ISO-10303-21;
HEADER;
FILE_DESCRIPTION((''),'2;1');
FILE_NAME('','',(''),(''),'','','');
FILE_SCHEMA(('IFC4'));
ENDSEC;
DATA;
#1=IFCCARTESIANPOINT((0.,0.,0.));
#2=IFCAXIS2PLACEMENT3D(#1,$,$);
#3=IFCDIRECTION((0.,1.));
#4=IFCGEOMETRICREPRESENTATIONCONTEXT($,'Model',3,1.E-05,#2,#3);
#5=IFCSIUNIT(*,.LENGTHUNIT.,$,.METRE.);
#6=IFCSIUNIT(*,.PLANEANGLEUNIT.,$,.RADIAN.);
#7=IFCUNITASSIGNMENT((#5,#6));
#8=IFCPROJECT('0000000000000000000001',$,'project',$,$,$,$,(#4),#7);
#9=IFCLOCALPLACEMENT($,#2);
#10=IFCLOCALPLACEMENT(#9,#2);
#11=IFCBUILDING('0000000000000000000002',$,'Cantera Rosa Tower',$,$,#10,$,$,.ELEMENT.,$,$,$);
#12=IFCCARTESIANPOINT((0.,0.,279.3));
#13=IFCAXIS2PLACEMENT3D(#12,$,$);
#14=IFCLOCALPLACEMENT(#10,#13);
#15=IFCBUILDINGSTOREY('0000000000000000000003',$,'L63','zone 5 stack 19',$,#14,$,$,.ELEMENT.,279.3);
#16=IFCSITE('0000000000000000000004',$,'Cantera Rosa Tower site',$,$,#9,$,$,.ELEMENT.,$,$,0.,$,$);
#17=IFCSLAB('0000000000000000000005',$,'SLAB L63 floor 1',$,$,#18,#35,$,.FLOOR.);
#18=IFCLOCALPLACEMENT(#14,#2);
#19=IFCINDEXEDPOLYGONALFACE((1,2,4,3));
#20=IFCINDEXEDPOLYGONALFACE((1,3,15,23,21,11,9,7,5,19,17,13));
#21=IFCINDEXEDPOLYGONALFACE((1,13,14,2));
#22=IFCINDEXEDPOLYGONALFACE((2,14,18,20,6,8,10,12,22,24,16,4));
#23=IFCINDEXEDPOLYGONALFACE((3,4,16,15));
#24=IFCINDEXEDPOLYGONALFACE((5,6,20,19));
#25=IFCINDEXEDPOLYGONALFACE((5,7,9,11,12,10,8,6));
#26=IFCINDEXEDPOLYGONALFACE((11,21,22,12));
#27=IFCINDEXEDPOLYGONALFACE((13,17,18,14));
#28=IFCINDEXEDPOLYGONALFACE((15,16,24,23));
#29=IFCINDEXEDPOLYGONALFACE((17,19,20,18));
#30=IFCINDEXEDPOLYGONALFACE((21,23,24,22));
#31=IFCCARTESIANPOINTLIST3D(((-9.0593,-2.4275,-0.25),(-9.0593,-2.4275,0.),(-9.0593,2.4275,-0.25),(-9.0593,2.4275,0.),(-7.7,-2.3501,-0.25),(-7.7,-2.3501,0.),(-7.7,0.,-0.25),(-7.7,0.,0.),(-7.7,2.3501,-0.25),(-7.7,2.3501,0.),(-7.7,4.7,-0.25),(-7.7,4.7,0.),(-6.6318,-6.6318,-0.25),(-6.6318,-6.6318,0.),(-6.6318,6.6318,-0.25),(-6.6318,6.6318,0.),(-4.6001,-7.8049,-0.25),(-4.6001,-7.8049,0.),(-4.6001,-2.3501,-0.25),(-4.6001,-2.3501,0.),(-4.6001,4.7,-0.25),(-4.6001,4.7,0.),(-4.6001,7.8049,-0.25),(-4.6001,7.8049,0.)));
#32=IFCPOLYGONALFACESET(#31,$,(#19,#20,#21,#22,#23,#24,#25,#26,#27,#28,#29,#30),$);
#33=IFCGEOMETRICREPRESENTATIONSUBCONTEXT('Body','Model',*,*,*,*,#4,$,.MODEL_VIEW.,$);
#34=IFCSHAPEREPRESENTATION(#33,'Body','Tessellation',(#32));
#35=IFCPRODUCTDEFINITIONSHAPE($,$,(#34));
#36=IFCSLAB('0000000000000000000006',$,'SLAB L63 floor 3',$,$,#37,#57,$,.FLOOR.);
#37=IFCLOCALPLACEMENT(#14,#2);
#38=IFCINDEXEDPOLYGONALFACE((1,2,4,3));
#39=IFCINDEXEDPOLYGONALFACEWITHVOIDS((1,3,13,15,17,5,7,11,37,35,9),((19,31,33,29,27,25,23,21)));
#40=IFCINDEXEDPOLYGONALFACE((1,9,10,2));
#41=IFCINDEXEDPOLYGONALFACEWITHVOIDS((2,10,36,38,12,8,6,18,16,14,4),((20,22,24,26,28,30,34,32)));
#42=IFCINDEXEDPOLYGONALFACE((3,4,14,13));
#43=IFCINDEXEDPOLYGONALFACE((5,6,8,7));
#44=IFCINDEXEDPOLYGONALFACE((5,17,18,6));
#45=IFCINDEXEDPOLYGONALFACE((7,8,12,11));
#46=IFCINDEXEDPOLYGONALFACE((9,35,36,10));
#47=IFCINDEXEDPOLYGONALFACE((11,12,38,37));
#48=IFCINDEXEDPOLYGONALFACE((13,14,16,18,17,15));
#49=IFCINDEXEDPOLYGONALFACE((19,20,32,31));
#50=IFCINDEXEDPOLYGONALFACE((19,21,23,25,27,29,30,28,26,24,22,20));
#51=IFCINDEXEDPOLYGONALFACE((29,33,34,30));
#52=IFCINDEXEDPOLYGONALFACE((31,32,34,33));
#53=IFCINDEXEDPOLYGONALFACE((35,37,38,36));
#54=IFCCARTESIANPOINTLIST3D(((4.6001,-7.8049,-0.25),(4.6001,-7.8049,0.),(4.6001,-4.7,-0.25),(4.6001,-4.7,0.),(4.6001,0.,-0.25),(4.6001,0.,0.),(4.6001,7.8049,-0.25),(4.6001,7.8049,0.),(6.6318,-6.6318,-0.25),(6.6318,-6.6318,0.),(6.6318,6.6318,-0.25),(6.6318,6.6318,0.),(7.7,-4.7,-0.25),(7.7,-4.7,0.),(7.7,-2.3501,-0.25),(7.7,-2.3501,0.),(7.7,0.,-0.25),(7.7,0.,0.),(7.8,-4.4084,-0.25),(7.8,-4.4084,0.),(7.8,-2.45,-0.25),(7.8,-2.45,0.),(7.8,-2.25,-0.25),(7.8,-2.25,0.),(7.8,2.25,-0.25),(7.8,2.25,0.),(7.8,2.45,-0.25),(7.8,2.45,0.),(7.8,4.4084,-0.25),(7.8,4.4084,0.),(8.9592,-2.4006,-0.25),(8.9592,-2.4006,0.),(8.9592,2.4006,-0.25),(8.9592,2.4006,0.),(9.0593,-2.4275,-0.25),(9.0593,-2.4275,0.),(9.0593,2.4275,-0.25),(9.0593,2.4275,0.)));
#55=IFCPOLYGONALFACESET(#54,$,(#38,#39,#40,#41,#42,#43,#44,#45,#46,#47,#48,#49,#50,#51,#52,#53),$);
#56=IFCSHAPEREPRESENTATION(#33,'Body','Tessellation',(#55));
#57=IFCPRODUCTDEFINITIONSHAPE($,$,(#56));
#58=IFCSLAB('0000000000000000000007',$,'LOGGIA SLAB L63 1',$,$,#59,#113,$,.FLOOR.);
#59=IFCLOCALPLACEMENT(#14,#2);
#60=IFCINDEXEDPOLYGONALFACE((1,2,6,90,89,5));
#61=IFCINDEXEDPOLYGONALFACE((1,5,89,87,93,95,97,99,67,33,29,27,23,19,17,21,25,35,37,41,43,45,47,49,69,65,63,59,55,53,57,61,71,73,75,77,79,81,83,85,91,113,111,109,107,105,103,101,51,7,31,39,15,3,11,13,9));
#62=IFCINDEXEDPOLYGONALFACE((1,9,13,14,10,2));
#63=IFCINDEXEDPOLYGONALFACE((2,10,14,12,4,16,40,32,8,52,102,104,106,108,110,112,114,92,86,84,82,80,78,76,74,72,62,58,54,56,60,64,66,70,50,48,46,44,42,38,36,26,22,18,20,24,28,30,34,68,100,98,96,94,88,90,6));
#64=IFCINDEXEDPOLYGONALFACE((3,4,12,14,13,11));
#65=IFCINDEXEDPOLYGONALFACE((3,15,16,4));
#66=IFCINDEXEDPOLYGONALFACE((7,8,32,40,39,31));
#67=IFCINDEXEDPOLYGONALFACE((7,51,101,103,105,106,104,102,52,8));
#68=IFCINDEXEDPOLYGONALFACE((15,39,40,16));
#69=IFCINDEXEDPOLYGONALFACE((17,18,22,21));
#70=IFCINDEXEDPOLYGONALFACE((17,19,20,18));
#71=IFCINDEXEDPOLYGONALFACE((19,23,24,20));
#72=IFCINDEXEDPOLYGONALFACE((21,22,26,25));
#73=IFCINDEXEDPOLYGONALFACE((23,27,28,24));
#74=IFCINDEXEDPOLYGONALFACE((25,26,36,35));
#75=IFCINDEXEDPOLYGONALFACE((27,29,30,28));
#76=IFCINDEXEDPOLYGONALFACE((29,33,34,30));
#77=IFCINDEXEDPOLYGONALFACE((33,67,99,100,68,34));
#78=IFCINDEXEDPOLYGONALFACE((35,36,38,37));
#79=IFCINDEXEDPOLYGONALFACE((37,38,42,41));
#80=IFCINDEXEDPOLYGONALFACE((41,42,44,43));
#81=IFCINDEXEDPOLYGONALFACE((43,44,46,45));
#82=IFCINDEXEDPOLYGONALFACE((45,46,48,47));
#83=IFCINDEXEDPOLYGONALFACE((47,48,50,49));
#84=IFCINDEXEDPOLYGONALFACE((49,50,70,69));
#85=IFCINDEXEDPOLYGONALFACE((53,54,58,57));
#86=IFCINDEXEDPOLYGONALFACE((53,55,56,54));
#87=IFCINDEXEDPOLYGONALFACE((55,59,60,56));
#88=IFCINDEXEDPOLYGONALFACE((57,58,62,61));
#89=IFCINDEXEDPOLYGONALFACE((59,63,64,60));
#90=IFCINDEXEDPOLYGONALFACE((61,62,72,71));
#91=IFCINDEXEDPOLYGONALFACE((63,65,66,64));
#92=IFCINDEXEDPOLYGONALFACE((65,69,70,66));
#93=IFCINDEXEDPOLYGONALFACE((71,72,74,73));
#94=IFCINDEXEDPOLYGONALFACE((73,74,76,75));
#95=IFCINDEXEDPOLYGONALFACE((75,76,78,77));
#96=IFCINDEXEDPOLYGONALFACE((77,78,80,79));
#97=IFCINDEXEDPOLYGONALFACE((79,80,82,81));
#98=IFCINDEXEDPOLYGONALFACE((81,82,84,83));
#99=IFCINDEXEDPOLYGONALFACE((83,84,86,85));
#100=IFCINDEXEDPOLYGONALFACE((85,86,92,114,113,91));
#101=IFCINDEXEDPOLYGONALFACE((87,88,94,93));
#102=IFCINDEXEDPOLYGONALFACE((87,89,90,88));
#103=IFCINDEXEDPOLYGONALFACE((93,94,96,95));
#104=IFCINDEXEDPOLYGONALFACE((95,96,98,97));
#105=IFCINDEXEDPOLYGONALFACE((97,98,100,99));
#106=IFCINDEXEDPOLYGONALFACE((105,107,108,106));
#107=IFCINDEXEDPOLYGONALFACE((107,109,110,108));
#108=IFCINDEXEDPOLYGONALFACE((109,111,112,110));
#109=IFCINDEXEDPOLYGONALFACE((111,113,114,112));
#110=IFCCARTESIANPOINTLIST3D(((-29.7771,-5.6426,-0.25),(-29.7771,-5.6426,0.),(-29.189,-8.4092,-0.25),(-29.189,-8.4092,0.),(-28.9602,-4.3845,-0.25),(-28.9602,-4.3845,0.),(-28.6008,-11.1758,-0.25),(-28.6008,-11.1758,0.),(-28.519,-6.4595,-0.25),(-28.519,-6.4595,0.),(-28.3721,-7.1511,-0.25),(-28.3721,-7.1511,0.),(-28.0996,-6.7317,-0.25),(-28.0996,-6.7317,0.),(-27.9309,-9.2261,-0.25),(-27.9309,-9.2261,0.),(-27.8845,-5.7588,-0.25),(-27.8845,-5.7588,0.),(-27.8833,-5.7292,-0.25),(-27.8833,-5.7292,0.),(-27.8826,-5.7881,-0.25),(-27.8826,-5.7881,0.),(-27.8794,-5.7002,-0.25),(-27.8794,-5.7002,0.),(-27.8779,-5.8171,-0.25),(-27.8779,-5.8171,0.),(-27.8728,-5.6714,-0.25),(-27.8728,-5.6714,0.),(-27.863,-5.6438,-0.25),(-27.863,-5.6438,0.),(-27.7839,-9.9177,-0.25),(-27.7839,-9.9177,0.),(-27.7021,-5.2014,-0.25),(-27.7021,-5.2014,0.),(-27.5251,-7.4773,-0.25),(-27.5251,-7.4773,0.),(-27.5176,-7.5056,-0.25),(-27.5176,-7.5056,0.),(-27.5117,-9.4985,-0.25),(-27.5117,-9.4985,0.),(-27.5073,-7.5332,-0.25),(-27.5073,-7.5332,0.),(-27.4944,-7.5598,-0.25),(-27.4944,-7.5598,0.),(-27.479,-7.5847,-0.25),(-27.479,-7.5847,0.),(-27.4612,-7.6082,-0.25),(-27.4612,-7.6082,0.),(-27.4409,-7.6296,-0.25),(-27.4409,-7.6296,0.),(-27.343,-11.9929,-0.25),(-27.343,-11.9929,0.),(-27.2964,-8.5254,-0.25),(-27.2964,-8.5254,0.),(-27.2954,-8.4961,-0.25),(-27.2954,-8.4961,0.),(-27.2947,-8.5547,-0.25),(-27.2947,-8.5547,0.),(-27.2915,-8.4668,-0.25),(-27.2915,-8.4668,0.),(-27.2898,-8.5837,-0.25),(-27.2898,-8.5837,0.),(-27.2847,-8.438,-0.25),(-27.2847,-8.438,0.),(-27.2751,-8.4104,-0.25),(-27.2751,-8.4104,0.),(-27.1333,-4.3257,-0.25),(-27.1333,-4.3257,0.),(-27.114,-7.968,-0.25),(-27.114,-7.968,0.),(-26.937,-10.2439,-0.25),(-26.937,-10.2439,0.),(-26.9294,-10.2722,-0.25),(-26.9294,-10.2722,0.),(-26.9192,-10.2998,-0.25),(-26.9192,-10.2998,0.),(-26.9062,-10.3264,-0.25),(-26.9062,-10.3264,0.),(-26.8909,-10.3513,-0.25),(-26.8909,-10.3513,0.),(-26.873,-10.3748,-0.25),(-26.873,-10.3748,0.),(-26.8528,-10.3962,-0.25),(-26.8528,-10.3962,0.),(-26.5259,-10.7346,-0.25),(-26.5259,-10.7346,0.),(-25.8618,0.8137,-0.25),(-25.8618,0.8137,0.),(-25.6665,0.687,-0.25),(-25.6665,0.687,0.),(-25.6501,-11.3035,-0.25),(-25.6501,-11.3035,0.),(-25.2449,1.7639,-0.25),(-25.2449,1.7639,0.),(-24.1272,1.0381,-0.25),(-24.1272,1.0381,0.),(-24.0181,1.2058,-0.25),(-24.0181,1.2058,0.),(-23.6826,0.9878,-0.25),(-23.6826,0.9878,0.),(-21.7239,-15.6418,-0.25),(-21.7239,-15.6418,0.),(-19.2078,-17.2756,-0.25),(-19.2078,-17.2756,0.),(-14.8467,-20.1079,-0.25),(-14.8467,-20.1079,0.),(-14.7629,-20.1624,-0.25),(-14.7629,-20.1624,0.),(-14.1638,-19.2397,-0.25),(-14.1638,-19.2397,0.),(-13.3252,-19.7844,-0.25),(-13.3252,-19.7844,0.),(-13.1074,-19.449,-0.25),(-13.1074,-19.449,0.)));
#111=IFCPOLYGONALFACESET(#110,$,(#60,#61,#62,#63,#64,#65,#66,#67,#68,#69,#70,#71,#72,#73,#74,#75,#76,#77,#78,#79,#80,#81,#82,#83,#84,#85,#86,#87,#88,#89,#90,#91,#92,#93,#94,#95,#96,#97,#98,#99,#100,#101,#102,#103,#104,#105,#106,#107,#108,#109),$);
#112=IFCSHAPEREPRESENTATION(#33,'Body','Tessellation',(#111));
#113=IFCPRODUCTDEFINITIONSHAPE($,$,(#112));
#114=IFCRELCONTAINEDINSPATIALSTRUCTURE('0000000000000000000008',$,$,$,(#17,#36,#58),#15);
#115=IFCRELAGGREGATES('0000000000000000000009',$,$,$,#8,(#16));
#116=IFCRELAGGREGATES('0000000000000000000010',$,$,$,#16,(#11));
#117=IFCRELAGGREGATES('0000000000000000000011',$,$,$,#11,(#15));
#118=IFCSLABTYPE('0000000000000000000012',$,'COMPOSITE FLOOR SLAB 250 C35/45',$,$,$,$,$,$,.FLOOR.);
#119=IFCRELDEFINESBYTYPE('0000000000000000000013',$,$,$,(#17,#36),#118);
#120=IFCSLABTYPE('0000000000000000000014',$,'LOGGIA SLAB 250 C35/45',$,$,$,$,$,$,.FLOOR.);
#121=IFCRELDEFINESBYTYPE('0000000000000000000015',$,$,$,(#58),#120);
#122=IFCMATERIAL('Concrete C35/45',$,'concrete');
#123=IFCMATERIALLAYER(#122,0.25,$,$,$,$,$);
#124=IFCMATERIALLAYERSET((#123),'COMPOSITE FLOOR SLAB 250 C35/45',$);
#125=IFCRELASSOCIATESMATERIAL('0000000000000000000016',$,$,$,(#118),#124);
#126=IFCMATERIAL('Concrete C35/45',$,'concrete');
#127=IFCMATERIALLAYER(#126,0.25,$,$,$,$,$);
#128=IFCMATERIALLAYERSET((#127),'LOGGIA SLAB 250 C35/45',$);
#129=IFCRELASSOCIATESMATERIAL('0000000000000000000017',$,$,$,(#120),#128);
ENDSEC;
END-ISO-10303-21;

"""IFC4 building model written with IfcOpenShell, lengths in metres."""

from ifc_helpers import new_model, si_unit, direction, frame, origin, place, context, subcontext, project, spatial, polyline, outline, extrude, material, layer, layer_set, type_object, element, save


model = new_model("IFC4")

# Units and contexts
model_context = context("Model", 3, precision=1e-05, world=origin(), true_north=direction((0.0, 1.0)))
body_context = subcontext(model_context, "Body", "Model", "MODEL_VIEW")
ifc_project = project(units=[si_unit("LENGTHUNIT", "METRE"), si_unit("PLANEANGLEUNIT", "RADIAN")], contexts=[model_context])

# Site, building, storey
site_placement = place(None, origin())
site = spatial("IfcSite", under=ifc_project, at=site_placement, Name="Cantera Rosa Tower site", CompositionType="ELEMENT", RefElevation=0.0)
building_placement = place(site_placement, origin())
building = spatial("IfcBuilding", under=site, at=building_placement, Name="Cantera Rosa Tower", CompositionType="ELEMENT")
storey_placement = place(building_placement, frame((0.0, 0.0, 279.3)))
storey = spatial("IfcBuildingStorey", under=building, at=storey_placement, Name="L63", Description="zone 5 stack 19", CompositionType="ELEMENT", Elevation=279.3)

# Slabs
ifc_material_1 = material(Name="Concrete C35/45", Category="concrete")
ifc_layer_1 = layer(ifc_material_1, 0.25)
ifc_layer_set_1 = layer_set([ifc_layer_1], Name="COMPOSITE FLOOR SLAB 250 C35/45")
slab_type_1 = type_object("IfcSlabType", Name="COMPOSITE FLOOR SLAB 250 C35/45", PredefinedType="FLOOR", material=ifc_layer_set_1)
slab_1_placement = place(storey_placement, frame((0.0, 0.0, -0.25)))
element("IfcSlab", 1, at=slab_1_placement, inside=storey, type_object=slab_type_1, Name="SLAB L63 floor 1", PredefinedType="FLOOR", context=body_context, shape_type="SweptSolid", body=[
    extrude(outline(polyline([(-4.6001, -2.3501), (-4.6001, -7.8049), (-6.6318, -6.6318), (-9.0593, -2.4275), (-9.0593, 2.4275), (-6.6318, 6.6318), (-4.6001, 7.8049), (-4.6001, 4.7), (-7.7, 4.7), (-7.7, 2.3501), (-7.7, 0.0), (-7.7, -2.3501), (-4.6001, -2.3501)])), origin(), (0.0, 0.0, 1.0), 0.25),
])
slab_2_placement = place(storey_placement, frame((0.0, 0.0, -0.25)))
element("IfcSlab", 2, at=slab_2_placement, inside=storey, type_object=slab_type_1, Name="SLAB L63 floor 3", PredefinedType="FLOOR", context=body_context, shape_type="SweptSolid", body=[
    extrude(outline(polyline([(7.7, -2.3501), (7.7, 0.0), (4.6001, 0.0), (4.6001, 7.8049), (6.6318, 6.6318), (9.0593, 2.4275), (9.0593, -2.4275), (6.6318, -6.6318), (4.6001, -7.8049), (4.6001, -4.7), (7.7, -4.7), (7.7, -2.3501)]), holes=[polyline([(7.8, 2.45), (7.8, 2.25), (7.8, -2.25), (7.8, -2.45), (7.8, -4.4084), (8.9592, -2.4006), (8.9592, 2.4006), (7.8, 4.4084), (7.8, 2.45)])]), origin(), (0.0, 0.0, 1.0), 0.25),
])
ifc_material_2 = material(Name="Concrete C35/45", Category="concrete")
ifc_layer_2 = layer(ifc_material_2, 0.25)
ifc_layer_set_2 = layer_set([ifc_layer_2], Name="LOGGIA SLAB 250 C35/45")
slab_type_2 = type_object("IfcSlabType", Name="LOGGIA SLAB 250 C35/45", PredefinedType="FLOOR", material=ifc_layer_set_2)
slab_3_placement = place(storey_placement, frame((0.0, 0.0, -0.25)))
element("IfcSlab", 3, at=slab_3_placement, inside=storey, type_object=slab_type_2, Name="LOGGIA SLAB L63 1", PredefinedType="FLOOR", context=body_context, shape_type="SweptSolid", body=[
    extrude(outline(polyline([(-21.7239, -15.6418), (-27.343, -11.9929), (-28.6008, -11.1758), (-27.7839, -9.9177), (-27.5117, -9.4985), (-27.9309, -9.2261), (-29.189, -8.4092), (-28.3721, -7.1511), (-28.0996, -6.7317), (-28.519, -6.4595), (-29.7771, -5.6426), (-28.9602, -4.3845), (-25.6665, 0.687), (-25.8618, 0.8137), (-25.2449, 1.7639), (-24.1272, 1.0381), (-24.0181, 1.2058), (-23.6826, 0.9878), (-27.1333, -4.3257), (-27.7021, -5.2014), (-27.863, -5.6438), (-27.8728, -5.6714), (-27.8794, -5.7002), (-27.8833, -5.7292), (-27.8845, -5.7588), (-27.8826, -5.7881), (-27.8779, -5.8171), (-27.5251, -7.4773), (-27.5176, -7.5056), (-27.5073, -7.5332), (-27.4944, -7.5598), (-27.479, -7.5847), (-27.4612, -7.6082), (-27.4409, -7.6296), (-27.114, -7.968), (-27.2751, -8.4104), (-27.2847, -8.438), (-27.2915, -8.4668), (-27.2954, -8.4961), (-27.2964, -8.5254), (-27.2947, -8.5547), (-27.2898, -8.5837), (-26.937, -10.2439), (-26.9294, -10.2722), (-26.9192, -10.2998), (-26.9062, -10.3264), (-26.8909, -10.3513), (-26.873, -10.3748), (-26.8528, -10.3962), (-26.5259, -10.7346), (-25.6501, -11.3035), (-13.1074, -19.449), (-13.3252, -19.7844), (-14.1638, -19.2397), (-14.7629, -20.1624), (-14.8467, -20.1079), (-19.2078, -17.2756), (-21.7239, -15.6418)])), origin(), (0.0, 0.0, 1.0), 0.25),
])

save(model, "model.ifc")
